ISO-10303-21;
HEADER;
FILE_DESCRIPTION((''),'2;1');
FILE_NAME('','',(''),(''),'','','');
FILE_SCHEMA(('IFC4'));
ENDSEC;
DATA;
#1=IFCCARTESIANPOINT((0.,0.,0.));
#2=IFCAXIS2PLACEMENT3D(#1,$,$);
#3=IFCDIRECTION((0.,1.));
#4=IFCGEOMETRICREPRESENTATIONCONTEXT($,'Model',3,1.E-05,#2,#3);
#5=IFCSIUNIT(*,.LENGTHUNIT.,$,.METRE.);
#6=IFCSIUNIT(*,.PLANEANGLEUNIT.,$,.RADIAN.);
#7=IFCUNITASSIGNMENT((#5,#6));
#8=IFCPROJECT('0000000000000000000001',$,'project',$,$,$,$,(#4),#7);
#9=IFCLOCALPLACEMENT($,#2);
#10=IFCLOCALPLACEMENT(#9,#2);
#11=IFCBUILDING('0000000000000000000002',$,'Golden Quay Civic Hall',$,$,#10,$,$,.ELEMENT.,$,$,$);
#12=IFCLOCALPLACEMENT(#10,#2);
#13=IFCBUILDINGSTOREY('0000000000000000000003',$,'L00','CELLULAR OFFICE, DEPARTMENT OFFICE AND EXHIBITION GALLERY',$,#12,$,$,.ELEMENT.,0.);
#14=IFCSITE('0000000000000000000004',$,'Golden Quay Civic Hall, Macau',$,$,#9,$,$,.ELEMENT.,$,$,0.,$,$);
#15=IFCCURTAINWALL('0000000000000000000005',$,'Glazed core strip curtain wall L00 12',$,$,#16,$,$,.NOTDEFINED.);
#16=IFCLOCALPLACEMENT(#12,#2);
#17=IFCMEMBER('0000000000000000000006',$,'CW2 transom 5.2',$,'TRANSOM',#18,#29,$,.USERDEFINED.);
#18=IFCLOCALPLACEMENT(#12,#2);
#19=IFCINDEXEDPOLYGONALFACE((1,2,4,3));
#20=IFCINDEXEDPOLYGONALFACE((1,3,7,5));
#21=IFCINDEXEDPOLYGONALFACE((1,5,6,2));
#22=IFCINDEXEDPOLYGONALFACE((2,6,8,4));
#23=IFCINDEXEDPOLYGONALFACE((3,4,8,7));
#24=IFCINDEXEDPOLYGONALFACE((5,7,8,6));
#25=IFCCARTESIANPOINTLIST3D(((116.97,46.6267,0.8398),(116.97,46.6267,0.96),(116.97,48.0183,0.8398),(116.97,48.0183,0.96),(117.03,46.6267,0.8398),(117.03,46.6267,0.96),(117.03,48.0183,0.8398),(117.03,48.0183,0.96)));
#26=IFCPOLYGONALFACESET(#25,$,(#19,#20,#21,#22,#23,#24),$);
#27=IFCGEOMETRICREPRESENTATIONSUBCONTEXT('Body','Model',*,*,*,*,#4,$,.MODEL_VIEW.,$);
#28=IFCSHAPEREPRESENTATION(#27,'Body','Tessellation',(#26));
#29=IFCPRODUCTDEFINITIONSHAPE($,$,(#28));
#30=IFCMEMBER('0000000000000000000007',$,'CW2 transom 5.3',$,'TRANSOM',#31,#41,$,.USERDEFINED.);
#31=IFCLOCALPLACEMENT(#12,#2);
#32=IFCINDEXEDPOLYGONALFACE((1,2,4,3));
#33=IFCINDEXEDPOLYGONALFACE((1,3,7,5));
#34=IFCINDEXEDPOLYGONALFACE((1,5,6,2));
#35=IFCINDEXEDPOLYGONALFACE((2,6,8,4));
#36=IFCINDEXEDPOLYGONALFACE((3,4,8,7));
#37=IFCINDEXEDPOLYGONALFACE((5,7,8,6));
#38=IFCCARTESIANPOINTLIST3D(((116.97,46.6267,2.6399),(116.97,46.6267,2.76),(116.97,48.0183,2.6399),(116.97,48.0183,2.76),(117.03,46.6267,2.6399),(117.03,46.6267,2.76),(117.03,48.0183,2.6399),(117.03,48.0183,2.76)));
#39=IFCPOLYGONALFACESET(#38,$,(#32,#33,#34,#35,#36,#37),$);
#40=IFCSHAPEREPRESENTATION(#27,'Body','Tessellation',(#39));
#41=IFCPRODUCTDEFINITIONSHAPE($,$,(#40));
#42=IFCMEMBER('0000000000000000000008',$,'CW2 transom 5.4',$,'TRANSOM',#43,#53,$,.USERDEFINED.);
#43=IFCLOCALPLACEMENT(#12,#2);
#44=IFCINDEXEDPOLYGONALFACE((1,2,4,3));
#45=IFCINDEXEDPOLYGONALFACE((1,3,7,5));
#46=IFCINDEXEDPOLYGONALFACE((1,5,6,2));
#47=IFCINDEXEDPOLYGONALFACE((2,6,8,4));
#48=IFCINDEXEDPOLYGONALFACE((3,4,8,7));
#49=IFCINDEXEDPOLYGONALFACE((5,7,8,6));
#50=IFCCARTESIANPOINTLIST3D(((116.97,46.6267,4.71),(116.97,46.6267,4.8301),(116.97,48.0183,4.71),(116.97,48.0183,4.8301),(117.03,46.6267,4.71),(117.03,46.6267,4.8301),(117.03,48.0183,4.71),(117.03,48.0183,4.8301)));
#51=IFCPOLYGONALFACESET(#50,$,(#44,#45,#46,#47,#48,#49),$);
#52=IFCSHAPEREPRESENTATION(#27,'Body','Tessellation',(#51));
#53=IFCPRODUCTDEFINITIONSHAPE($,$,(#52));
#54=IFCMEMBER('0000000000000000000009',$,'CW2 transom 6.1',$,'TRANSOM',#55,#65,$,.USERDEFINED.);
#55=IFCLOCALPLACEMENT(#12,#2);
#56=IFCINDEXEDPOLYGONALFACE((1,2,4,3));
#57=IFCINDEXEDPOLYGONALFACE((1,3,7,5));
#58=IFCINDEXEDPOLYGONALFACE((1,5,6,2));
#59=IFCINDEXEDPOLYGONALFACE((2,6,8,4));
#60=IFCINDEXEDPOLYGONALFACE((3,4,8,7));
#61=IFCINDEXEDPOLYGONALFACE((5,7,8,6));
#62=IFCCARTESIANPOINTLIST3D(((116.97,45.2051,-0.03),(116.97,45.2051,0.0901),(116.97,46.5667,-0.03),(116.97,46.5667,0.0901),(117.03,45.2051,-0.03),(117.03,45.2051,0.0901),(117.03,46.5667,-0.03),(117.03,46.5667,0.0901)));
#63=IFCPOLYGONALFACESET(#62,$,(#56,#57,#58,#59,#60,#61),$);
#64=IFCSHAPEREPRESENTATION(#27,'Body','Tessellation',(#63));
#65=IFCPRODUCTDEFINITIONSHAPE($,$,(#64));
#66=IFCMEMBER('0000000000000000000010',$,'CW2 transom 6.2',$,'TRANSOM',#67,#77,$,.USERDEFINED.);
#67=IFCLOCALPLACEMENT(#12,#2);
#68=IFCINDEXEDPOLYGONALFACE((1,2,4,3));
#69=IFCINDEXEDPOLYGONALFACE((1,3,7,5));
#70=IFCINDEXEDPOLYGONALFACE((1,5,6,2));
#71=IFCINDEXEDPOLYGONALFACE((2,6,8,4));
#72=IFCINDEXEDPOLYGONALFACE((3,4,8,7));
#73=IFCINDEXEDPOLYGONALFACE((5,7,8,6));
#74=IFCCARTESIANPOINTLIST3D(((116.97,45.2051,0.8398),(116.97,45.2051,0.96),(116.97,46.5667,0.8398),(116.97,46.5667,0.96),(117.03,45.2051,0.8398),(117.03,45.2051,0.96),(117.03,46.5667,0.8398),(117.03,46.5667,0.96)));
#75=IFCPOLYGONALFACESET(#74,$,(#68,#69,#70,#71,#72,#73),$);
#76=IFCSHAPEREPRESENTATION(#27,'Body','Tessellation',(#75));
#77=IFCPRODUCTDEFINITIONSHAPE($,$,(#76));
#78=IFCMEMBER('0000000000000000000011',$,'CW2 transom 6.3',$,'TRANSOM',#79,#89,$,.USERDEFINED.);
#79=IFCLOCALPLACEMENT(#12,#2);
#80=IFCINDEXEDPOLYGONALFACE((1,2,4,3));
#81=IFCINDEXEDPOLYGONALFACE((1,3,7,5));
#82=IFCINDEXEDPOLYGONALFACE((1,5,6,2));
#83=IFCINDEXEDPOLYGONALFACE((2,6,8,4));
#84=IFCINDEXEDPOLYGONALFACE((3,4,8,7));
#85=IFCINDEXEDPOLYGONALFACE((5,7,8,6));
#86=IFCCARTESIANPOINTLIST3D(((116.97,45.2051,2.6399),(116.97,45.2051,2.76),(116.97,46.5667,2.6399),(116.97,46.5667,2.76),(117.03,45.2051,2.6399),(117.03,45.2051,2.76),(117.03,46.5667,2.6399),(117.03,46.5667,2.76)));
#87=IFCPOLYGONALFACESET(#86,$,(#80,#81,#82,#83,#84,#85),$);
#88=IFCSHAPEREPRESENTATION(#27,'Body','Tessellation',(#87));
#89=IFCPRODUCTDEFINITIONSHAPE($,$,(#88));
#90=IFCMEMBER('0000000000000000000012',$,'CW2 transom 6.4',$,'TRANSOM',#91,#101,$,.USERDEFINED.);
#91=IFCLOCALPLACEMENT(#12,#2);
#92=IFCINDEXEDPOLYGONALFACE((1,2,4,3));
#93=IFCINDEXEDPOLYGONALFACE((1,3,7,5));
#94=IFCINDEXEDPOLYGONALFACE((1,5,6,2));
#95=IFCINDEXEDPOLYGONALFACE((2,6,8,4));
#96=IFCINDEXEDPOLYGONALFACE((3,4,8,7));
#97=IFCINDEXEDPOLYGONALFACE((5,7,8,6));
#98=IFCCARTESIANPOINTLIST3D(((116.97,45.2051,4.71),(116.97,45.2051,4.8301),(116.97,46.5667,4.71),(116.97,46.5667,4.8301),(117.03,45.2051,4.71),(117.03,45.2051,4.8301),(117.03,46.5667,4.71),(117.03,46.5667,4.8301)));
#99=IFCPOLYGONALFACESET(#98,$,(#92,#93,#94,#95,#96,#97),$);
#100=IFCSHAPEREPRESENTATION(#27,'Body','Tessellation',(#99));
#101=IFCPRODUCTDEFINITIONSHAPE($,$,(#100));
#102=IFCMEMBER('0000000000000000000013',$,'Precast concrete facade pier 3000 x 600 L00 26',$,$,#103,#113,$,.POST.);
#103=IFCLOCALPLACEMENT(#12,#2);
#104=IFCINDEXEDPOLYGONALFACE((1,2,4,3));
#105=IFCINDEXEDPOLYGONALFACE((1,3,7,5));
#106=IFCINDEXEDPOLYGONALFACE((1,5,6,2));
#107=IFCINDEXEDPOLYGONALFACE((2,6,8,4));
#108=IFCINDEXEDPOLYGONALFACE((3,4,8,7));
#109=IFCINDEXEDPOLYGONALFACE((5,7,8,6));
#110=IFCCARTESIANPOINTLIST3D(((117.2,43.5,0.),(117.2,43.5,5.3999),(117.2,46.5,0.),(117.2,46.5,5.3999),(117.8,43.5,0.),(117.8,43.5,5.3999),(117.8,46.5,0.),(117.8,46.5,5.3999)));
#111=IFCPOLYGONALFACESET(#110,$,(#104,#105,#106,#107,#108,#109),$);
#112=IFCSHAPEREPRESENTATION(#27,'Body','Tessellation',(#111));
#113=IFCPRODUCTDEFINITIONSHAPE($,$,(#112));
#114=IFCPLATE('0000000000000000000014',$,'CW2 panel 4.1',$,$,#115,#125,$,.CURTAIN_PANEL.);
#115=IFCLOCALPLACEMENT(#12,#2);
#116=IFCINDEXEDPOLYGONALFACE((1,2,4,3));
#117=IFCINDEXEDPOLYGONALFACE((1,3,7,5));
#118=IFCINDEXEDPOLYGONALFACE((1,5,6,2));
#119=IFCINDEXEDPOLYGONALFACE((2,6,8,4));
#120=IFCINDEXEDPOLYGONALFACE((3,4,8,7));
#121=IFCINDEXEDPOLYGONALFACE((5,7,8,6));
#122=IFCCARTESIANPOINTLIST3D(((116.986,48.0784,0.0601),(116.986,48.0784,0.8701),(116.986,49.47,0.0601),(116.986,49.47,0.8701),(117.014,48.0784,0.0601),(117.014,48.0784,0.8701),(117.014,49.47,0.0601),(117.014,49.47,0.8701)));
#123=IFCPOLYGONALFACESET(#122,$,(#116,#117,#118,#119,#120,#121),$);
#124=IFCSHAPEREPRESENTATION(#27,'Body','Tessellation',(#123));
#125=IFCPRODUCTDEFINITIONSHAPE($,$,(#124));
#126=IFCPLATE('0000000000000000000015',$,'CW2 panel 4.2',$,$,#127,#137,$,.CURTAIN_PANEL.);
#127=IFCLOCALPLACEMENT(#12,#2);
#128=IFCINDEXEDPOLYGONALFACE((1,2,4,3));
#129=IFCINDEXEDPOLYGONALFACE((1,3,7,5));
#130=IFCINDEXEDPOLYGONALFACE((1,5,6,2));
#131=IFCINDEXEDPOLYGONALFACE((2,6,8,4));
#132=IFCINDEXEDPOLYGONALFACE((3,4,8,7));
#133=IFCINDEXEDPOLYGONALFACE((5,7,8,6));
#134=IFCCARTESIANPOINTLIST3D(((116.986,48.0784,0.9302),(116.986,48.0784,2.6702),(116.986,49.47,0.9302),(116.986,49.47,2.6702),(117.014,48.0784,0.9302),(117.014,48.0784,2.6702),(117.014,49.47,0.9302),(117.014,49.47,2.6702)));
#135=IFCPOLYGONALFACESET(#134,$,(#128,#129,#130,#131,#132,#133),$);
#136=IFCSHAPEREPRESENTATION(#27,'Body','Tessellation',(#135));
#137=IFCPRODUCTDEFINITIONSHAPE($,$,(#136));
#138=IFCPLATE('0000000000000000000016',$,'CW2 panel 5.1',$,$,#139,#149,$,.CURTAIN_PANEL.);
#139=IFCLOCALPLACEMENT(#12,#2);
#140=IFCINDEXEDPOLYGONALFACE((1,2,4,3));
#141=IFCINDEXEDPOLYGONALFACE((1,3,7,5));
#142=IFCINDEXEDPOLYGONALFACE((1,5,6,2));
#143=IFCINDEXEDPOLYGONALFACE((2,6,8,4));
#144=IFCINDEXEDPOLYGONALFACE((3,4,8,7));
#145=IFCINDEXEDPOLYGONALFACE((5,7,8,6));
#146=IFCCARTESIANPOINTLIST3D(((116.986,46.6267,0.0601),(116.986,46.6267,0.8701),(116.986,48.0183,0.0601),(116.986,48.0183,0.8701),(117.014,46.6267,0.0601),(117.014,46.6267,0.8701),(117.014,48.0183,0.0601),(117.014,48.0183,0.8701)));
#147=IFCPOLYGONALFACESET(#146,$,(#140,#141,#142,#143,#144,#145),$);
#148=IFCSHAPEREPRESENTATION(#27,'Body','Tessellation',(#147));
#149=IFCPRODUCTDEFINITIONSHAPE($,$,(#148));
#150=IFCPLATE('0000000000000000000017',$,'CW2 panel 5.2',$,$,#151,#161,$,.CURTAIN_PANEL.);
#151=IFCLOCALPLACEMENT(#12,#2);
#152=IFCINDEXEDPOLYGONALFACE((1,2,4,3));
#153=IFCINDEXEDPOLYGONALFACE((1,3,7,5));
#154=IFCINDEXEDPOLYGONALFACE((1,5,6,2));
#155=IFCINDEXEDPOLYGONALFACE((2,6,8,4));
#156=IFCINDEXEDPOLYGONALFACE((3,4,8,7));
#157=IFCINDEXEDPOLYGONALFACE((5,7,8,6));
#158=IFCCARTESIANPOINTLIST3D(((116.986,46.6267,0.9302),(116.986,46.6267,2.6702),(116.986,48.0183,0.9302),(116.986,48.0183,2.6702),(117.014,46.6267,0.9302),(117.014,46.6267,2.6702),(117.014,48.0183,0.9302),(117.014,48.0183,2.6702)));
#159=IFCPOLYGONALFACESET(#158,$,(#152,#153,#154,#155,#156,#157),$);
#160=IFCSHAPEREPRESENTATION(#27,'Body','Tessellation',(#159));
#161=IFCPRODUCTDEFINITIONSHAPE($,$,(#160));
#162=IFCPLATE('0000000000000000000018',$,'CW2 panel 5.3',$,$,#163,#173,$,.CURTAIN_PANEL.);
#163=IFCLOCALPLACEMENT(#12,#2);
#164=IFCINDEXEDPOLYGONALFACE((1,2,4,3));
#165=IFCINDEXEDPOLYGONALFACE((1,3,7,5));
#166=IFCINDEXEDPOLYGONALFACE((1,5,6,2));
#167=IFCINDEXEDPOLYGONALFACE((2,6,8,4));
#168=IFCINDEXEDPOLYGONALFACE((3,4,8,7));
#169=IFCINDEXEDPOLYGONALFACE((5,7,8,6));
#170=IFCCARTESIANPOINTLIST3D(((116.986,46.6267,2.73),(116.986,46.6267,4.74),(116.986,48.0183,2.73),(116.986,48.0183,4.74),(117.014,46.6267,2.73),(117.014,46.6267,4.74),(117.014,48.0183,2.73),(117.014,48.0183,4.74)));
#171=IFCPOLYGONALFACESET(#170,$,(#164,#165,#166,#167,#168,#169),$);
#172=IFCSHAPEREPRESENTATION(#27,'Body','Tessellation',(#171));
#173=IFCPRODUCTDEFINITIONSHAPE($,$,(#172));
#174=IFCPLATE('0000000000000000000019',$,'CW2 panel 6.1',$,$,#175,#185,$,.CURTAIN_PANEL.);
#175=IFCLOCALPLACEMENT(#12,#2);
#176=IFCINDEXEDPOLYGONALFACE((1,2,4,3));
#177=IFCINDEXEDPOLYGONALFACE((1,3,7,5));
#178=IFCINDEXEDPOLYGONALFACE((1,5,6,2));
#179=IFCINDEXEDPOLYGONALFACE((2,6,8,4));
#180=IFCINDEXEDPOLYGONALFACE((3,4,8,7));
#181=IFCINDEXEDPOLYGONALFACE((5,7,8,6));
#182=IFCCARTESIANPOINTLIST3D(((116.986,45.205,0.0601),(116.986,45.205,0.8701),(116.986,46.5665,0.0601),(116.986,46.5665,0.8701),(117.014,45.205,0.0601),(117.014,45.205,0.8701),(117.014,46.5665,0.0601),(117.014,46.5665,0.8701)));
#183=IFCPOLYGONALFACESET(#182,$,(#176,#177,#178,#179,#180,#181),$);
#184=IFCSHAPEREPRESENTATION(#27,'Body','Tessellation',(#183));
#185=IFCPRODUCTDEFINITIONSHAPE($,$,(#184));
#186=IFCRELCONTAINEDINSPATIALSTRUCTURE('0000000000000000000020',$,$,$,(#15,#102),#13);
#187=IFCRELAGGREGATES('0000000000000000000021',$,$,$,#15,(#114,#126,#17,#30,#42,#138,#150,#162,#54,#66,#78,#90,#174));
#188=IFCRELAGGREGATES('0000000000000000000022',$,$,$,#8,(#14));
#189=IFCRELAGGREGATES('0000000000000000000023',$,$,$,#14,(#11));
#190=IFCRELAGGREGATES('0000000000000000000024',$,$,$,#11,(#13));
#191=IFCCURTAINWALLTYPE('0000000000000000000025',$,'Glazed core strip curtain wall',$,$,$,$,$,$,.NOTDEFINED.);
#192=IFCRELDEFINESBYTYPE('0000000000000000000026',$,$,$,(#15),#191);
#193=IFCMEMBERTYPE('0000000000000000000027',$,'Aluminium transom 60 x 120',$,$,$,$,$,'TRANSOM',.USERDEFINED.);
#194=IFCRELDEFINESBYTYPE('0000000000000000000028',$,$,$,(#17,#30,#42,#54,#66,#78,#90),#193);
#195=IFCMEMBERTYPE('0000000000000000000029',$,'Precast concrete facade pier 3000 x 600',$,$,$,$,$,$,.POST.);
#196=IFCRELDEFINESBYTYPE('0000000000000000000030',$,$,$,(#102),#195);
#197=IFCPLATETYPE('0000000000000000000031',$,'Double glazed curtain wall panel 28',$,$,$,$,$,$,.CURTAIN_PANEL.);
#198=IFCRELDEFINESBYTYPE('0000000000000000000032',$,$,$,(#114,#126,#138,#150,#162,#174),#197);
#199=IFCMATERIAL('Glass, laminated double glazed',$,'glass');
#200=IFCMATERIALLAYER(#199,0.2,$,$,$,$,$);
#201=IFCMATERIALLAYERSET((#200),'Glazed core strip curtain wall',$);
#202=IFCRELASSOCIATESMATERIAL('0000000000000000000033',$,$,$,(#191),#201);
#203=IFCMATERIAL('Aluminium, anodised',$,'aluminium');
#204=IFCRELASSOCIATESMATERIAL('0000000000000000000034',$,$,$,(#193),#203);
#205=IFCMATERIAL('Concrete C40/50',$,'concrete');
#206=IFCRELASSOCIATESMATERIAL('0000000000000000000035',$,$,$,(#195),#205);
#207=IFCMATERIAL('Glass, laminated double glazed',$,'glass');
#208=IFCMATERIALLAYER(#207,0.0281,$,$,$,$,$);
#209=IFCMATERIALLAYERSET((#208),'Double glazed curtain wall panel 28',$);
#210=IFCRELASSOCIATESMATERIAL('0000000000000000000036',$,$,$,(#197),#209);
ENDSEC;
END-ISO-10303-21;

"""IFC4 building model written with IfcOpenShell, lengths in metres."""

from ifc_helpers import new_model, si_unit, direction, frame, origin, origin_2d, place, context, subcontext, project, spatial, rectangle, extrude, material, layer, layer_set, material_profile, profile_set, type_object, element, aggregate, save


model = new_model("IFC4")

# Units and contexts
model_context = context("Model", 3, precision=1e-05, world=origin(), true_north=direction((0.0, 1.0)))
body_context = subcontext(model_context, "Body", "Model", "MODEL_VIEW")
ifc_project = project(units=[si_unit("LENGTHUNIT", "METRE"), si_unit("PLANEANGLEUNIT", "RADIAN")], contexts=[model_context])

# Site, building, storey
site_placement = place(None, origin())
site = spatial("IfcSite", under=ifc_project, at=site_placement, Name="Golden Quay Civic Hall, Macau", CompositionType="ELEMENT", RefElevation=0.0)
building_placement = place(site_placement, origin())
building = spatial("IfcBuilding", under=site, at=building_placement, Name="Golden Quay Civic Hall", CompositionType="ELEMENT")
storey_placement = place(building_placement, origin())
storey = spatial("IfcBuildingStorey", under=building, at=storey_placement, Name="L00", Description="CELLULAR OFFICE, DEPARTMENT OFFICE AND EXHIBITION GALLERY", CompositionType="ELEMENT", Elevation=0.0)

# Shared definitions
ifc_material_1 = material(Name="Glass, laminated double glazed", Category="glass")
ifc_layer_1 = layer(ifc_material_1, 0.2)
ifc_layer_set_1 = layer_set([ifc_layer_1], Name="Glazed core strip curtain wall")
curtain_wall_type = type_object("IfcCurtainWallType", Name="Glazed core strip curtain wall", PredefinedType="NOTDEFINED", material=ifc_layer_set_1)

# Curtain wall
curtain_wall_1_placement = place(storey_placement, origin())
curtain_wall_1 = element("IfcCurtainWall", 1, at=curtain_wall_1_placement, inside=storey, type_object=curtain_wall_type, Name="Glazed core strip curtain wall L00 12", PredefinedType="NOTDEFINED")

# Members
ifc_material_2 = material(Name="Aluminium, anodised", Category="aluminium")
ifc_material_profile_1 = material_profile(ifc_material_2, rectangle(XDim=0.0601, YDim=0.1201, at=origin_2d()), Name="Aluminium 60 x 120")
ifc_profile_set_1 = profile_set([ifc_material_profile_1], Name="Aluminium, anodised")
member_type_1 = type_object("IfcMemberType", Name="Aluminium transom 60 x 120", ElementType="TRANSOM", PredefinedType="USERDEFINED", material=ifc_profile_set_1)
member_1_placement = place(storey_placement, frame((117.0, 48.0183, 0.8999), z_axis=(0.0, -1.0, 0.0), x_axis=(1.0, 0.0, 0.0)))
member_1 = element("IfcMember", 2, at=member_1_placement, type_object=member_type_1, Name="CW2 transom 5.2", ObjectType="TRANSOM", PredefinedType="USERDEFINED", context=body_context, shape_type="SweptSolid", body=[
    extrude(rectangle(XDim=0.0601, YDim=0.1201, at=origin_2d()), origin(), (0.0, 0.0, 1.0), 1.3916),
])
member_2_placement = place(storey_placement, frame((117.0, 48.0183, 2.7), z_axis=(0.0, -1.0, 0.0), x_axis=(1.0, 0.0, 0.0)))
member_2 = element("IfcMember", 3, at=member_2_placement, type_object=member_type_1, Name="CW2 transom 5.3", ObjectType="TRANSOM", PredefinedType="USERDEFINED", context=body_context, shape_type="SweptSolid", body=[
    extrude(rectangle(XDim=0.0601, YDim=0.1201, at=origin_2d()), origin(), (0.0, 0.0, 1.0), 1.3916),
])
member_3_placement = place(storey_placement, frame((117.0, 48.0183, 4.77), z_axis=(0.0, -1.0, 0.0), x_axis=(1.0, 0.0, 0.0)))
member_3 = element("IfcMember", 4, at=member_3_placement, type_object=member_type_1, Name="CW2 transom 5.4", ObjectType="TRANSOM", PredefinedType="USERDEFINED", context=body_context, shape_type="SweptSolid", body=[
    extrude(rectangle(XDim=0.0601, YDim=0.1201, at=origin_2d()), origin(), (0.0, 0.0, 1.0), 1.3916),
])
member_4_placement = place(storey_placement, frame((117.0, 46.5667, 0.03), z_axis=(0.0, -1.0, 0.0), x_axis=(1.0, 0.0, 0.0)))
member_4 = element("IfcMember", 5, at=member_4_placement, type_object=member_type_1, Name="CW2 transom 6.1", ObjectType="TRANSOM", PredefinedType="USERDEFINED", context=body_context, shape_type="SweptSolid", body=[
    extrude(rectangle(XDim=0.0601, YDim=0.1201, at=origin_2d()), origin(), (0.0, 0.0, 1.0), 1.3616),
])
member_5_placement = place(storey_placement, frame((117.0, 46.5667, 0.8999), z_axis=(0.0, -1.0, 0.0), x_axis=(1.0, 0.0, 0.0)))
member_5 = element("IfcMember", 6, at=member_5_placement, type_object=member_type_1, Name="CW2 transom 6.2", ObjectType="TRANSOM", PredefinedType="USERDEFINED", context=body_context, shape_type="SweptSolid", body=[
    extrude(rectangle(XDim=0.0601, YDim=0.1201, at=origin_2d()), origin(), (0.0, 0.0, 1.0), 1.3616),
])
member_6_placement = place(storey_placement, frame((117.0, 46.5667, 2.7), z_axis=(0.0, -1.0, 0.0), x_axis=(1.0, 0.0, 0.0)))
member_6 = element("IfcMember", 7, at=member_6_placement, type_object=member_type_1, Name="CW2 transom 6.3", ObjectType="TRANSOM", PredefinedType="USERDEFINED", context=body_context, shape_type="SweptSolid", body=[
    extrude(rectangle(XDim=0.0601, YDim=0.1201, at=origin_2d()), origin(), (0.0, 0.0, 1.0), 1.3616),
])
member_7_placement = place(storey_placement, frame((117.0, 46.5667, 4.77), z_axis=(0.0, -1.0, 0.0), x_axis=(1.0, 0.0, 0.0)))
member_7 = element("IfcMember", 8, at=member_7_placement, type_object=member_type_1, Name="CW2 transom 6.4", ObjectType="TRANSOM", PredefinedType="USERDEFINED", context=body_context, shape_type="SweptSolid", body=[
    extrude(rectangle(XDim=0.0601, YDim=0.1201, at=origin_2d()), origin(), (0.0, 0.0, 1.0), 1.3616),
])
ifc_material_3 = material(Name="Concrete C40/50", Category="concrete")
ifc_material_profile_2 = material_profile(ifc_material_3, rectangle(XDim=3.0, YDim=0.6001, at=origin_2d()), Name="RC 3000x600")
ifc_profile_set_2 = profile_set([ifc_material_profile_2], Name="Concrete C40/50")
member_type_2 = type_object("IfcMemberType", Name="Precast concrete facade pier 3000 x 600", PredefinedType="POST", material=ifc_profile_set_2)
member_8_placement = place(storey_placement, frame((117.5, 45.0, 0.0), z_axis=(0.0, 0.0, 1.0), x_axis=(0.0, 1.0, 0.0)))
element("IfcMember", 9, at=member_8_placement, inside=storey, type_object=member_type_2, Name="Precast concrete facade pier 3000 x 600 L00 26", PredefinedType="POST", context=body_context, shape_type="SweptSolid", body=[
    extrude(rectangle(XDim=3.0, YDim=0.6001, at=origin_2d()), origin(), (0.0, 0.0, 1.0), 5.3999),
])

# Plates
ifc_material_4 = material(Name="Glass, laminated double glazed", Category="glass")
ifc_layer_2 = layer(ifc_material_4, 0.0281)
ifc_layer_set_2 = layer_set([ifc_layer_2], Name="Double glazed curtain wall panel 28")
plate_type = type_object("IfcPlateType", Name="Double glazed curtain wall panel 28", PredefinedType="CURTAIN_PANEL", material=ifc_layer_set_2)
plate_1_placement = place(storey_placement, frame((117.0, 48.7742, 0.0601), z_axis=(0.0, 0.0, 1.0), x_axis=(0.0, -1.0, 0.0)))
plate_1 = element("IfcPlate", 10, at=plate_1_placement, type_object=plate_type, Name="CW2 panel 4.1", PredefinedType="CURTAIN_PANEL", context=body_context, shape_type="SweptSolid", body=[
    extrude(rectangle(XDim=1.3916, YDim=0.0281, at=origin_2d()), origin(), (0.0, 0.0, 1.0), 0.8101),
])
plate_2_placement = place(storey_placement, frame((117.0, 48.7742, 0.9302), z_axis=(0.0, 0.0, 1.0), x_axis=(0.0, -1.0, 0.0)))
plate_2 = element("IfcPlate", 11, at=plate_2_placement, type_object=plate_type, Name="CW2 panel 4.2", PredefinedType="CURTAIN_PANEL", context=body_context, shape_type="SweptSolid", body=[
    extrude(rectangle(XDim=1.3916, YDim=0.0281, at=origin_2d()), origin(), (0.0, 0.0, 1.0), 1.74),
])
plate_3_placement = place(storey_placement, frame((117.0, 47.3225, 0.0601), z_axis=(0.0, 0.0, 1.0), x_axis=(0.0, -1.0, 0.0)))
plate_3 = element("IfcPlate", 12, at=plate_3_placement, type_object=plate_type, Name="CW2 panel 5.1", PredefinedType="CURTAIN_PANEL", context=body_context, shape_type="SweptSolid", body=[
    extrude(rectangle(XDim=1.3916, YDim=0.0281, at=origin_2d()), origin(), (0.0, 0.0, 1.0), 0.8101),
])
plate_4_placement = place(storey_placement, frame((117.0, 47.3225, 0.9302), z_axis=(0.0, 0.0, 1.0), x_axis=(0.0, -1.0, 0.0)))
plate_4 = element("IfcPlate", 13, at=plate_4_placement, type_object=plate_type, Name="CW2 panel 5.2", PredefinedType="CURTAIN_PANEL", context=body_context, shape_type="SweptSolid", body=[
    extrude(rectangle(XDim=1.3916, YDim=0.0281, at=origin_2d()), origin(), (0.0, 0.0, 1.0), 1.74),
])
plate_5_placement = place(storey_placement, frame((117.0, 47.3225, 2.73), z_axis=(0.0, 0.0, 1.0), x_axis=(0.0, -1.0, 0.0)))
plate_5 = element("IfcPlate", 14, at=plate_5_placement, type_object=plate_type, Name="CW2 panel 5.3", PredefinedType="CURTAIN_PANEL", context=body_context, shape_type="SweptSolid", body=[
    extrude(rectangle(XDim=1.3916, YDim=0.0281, at=origin_2d()), origin(), (0.0, 0.0, 1.0), 2.01),
])
plate_6_placement = place(storey_placement, frame((117.0, 45.8857, 0.0601), z_axis=(0.0, 0.0, 1.0), x_axis=(0.0, -1.0, 0.0)))
plate_6 = element("IfcPlate", 15, at=plate_6_placement, type_object=plate_type, Name="CW2 panel 6.1", PredefinedType="CURTAIN_PANEL", context=body_context, shape_type="SweptSolid", body=[
    extrude(rectangle(XDim=1.3616, YDim=0.0281, at=origin_2d()), origin(), (0.0, 0.0, 1.0), 0.8101),
])
aggregate(curtain_wall_1, [plate_1, plate_2, member_1, member_2, member_3, plate_3, plate_4, plate_5, member_4, member_5, member_6, member_7, plate_6])

save(model, "model.ifc")
